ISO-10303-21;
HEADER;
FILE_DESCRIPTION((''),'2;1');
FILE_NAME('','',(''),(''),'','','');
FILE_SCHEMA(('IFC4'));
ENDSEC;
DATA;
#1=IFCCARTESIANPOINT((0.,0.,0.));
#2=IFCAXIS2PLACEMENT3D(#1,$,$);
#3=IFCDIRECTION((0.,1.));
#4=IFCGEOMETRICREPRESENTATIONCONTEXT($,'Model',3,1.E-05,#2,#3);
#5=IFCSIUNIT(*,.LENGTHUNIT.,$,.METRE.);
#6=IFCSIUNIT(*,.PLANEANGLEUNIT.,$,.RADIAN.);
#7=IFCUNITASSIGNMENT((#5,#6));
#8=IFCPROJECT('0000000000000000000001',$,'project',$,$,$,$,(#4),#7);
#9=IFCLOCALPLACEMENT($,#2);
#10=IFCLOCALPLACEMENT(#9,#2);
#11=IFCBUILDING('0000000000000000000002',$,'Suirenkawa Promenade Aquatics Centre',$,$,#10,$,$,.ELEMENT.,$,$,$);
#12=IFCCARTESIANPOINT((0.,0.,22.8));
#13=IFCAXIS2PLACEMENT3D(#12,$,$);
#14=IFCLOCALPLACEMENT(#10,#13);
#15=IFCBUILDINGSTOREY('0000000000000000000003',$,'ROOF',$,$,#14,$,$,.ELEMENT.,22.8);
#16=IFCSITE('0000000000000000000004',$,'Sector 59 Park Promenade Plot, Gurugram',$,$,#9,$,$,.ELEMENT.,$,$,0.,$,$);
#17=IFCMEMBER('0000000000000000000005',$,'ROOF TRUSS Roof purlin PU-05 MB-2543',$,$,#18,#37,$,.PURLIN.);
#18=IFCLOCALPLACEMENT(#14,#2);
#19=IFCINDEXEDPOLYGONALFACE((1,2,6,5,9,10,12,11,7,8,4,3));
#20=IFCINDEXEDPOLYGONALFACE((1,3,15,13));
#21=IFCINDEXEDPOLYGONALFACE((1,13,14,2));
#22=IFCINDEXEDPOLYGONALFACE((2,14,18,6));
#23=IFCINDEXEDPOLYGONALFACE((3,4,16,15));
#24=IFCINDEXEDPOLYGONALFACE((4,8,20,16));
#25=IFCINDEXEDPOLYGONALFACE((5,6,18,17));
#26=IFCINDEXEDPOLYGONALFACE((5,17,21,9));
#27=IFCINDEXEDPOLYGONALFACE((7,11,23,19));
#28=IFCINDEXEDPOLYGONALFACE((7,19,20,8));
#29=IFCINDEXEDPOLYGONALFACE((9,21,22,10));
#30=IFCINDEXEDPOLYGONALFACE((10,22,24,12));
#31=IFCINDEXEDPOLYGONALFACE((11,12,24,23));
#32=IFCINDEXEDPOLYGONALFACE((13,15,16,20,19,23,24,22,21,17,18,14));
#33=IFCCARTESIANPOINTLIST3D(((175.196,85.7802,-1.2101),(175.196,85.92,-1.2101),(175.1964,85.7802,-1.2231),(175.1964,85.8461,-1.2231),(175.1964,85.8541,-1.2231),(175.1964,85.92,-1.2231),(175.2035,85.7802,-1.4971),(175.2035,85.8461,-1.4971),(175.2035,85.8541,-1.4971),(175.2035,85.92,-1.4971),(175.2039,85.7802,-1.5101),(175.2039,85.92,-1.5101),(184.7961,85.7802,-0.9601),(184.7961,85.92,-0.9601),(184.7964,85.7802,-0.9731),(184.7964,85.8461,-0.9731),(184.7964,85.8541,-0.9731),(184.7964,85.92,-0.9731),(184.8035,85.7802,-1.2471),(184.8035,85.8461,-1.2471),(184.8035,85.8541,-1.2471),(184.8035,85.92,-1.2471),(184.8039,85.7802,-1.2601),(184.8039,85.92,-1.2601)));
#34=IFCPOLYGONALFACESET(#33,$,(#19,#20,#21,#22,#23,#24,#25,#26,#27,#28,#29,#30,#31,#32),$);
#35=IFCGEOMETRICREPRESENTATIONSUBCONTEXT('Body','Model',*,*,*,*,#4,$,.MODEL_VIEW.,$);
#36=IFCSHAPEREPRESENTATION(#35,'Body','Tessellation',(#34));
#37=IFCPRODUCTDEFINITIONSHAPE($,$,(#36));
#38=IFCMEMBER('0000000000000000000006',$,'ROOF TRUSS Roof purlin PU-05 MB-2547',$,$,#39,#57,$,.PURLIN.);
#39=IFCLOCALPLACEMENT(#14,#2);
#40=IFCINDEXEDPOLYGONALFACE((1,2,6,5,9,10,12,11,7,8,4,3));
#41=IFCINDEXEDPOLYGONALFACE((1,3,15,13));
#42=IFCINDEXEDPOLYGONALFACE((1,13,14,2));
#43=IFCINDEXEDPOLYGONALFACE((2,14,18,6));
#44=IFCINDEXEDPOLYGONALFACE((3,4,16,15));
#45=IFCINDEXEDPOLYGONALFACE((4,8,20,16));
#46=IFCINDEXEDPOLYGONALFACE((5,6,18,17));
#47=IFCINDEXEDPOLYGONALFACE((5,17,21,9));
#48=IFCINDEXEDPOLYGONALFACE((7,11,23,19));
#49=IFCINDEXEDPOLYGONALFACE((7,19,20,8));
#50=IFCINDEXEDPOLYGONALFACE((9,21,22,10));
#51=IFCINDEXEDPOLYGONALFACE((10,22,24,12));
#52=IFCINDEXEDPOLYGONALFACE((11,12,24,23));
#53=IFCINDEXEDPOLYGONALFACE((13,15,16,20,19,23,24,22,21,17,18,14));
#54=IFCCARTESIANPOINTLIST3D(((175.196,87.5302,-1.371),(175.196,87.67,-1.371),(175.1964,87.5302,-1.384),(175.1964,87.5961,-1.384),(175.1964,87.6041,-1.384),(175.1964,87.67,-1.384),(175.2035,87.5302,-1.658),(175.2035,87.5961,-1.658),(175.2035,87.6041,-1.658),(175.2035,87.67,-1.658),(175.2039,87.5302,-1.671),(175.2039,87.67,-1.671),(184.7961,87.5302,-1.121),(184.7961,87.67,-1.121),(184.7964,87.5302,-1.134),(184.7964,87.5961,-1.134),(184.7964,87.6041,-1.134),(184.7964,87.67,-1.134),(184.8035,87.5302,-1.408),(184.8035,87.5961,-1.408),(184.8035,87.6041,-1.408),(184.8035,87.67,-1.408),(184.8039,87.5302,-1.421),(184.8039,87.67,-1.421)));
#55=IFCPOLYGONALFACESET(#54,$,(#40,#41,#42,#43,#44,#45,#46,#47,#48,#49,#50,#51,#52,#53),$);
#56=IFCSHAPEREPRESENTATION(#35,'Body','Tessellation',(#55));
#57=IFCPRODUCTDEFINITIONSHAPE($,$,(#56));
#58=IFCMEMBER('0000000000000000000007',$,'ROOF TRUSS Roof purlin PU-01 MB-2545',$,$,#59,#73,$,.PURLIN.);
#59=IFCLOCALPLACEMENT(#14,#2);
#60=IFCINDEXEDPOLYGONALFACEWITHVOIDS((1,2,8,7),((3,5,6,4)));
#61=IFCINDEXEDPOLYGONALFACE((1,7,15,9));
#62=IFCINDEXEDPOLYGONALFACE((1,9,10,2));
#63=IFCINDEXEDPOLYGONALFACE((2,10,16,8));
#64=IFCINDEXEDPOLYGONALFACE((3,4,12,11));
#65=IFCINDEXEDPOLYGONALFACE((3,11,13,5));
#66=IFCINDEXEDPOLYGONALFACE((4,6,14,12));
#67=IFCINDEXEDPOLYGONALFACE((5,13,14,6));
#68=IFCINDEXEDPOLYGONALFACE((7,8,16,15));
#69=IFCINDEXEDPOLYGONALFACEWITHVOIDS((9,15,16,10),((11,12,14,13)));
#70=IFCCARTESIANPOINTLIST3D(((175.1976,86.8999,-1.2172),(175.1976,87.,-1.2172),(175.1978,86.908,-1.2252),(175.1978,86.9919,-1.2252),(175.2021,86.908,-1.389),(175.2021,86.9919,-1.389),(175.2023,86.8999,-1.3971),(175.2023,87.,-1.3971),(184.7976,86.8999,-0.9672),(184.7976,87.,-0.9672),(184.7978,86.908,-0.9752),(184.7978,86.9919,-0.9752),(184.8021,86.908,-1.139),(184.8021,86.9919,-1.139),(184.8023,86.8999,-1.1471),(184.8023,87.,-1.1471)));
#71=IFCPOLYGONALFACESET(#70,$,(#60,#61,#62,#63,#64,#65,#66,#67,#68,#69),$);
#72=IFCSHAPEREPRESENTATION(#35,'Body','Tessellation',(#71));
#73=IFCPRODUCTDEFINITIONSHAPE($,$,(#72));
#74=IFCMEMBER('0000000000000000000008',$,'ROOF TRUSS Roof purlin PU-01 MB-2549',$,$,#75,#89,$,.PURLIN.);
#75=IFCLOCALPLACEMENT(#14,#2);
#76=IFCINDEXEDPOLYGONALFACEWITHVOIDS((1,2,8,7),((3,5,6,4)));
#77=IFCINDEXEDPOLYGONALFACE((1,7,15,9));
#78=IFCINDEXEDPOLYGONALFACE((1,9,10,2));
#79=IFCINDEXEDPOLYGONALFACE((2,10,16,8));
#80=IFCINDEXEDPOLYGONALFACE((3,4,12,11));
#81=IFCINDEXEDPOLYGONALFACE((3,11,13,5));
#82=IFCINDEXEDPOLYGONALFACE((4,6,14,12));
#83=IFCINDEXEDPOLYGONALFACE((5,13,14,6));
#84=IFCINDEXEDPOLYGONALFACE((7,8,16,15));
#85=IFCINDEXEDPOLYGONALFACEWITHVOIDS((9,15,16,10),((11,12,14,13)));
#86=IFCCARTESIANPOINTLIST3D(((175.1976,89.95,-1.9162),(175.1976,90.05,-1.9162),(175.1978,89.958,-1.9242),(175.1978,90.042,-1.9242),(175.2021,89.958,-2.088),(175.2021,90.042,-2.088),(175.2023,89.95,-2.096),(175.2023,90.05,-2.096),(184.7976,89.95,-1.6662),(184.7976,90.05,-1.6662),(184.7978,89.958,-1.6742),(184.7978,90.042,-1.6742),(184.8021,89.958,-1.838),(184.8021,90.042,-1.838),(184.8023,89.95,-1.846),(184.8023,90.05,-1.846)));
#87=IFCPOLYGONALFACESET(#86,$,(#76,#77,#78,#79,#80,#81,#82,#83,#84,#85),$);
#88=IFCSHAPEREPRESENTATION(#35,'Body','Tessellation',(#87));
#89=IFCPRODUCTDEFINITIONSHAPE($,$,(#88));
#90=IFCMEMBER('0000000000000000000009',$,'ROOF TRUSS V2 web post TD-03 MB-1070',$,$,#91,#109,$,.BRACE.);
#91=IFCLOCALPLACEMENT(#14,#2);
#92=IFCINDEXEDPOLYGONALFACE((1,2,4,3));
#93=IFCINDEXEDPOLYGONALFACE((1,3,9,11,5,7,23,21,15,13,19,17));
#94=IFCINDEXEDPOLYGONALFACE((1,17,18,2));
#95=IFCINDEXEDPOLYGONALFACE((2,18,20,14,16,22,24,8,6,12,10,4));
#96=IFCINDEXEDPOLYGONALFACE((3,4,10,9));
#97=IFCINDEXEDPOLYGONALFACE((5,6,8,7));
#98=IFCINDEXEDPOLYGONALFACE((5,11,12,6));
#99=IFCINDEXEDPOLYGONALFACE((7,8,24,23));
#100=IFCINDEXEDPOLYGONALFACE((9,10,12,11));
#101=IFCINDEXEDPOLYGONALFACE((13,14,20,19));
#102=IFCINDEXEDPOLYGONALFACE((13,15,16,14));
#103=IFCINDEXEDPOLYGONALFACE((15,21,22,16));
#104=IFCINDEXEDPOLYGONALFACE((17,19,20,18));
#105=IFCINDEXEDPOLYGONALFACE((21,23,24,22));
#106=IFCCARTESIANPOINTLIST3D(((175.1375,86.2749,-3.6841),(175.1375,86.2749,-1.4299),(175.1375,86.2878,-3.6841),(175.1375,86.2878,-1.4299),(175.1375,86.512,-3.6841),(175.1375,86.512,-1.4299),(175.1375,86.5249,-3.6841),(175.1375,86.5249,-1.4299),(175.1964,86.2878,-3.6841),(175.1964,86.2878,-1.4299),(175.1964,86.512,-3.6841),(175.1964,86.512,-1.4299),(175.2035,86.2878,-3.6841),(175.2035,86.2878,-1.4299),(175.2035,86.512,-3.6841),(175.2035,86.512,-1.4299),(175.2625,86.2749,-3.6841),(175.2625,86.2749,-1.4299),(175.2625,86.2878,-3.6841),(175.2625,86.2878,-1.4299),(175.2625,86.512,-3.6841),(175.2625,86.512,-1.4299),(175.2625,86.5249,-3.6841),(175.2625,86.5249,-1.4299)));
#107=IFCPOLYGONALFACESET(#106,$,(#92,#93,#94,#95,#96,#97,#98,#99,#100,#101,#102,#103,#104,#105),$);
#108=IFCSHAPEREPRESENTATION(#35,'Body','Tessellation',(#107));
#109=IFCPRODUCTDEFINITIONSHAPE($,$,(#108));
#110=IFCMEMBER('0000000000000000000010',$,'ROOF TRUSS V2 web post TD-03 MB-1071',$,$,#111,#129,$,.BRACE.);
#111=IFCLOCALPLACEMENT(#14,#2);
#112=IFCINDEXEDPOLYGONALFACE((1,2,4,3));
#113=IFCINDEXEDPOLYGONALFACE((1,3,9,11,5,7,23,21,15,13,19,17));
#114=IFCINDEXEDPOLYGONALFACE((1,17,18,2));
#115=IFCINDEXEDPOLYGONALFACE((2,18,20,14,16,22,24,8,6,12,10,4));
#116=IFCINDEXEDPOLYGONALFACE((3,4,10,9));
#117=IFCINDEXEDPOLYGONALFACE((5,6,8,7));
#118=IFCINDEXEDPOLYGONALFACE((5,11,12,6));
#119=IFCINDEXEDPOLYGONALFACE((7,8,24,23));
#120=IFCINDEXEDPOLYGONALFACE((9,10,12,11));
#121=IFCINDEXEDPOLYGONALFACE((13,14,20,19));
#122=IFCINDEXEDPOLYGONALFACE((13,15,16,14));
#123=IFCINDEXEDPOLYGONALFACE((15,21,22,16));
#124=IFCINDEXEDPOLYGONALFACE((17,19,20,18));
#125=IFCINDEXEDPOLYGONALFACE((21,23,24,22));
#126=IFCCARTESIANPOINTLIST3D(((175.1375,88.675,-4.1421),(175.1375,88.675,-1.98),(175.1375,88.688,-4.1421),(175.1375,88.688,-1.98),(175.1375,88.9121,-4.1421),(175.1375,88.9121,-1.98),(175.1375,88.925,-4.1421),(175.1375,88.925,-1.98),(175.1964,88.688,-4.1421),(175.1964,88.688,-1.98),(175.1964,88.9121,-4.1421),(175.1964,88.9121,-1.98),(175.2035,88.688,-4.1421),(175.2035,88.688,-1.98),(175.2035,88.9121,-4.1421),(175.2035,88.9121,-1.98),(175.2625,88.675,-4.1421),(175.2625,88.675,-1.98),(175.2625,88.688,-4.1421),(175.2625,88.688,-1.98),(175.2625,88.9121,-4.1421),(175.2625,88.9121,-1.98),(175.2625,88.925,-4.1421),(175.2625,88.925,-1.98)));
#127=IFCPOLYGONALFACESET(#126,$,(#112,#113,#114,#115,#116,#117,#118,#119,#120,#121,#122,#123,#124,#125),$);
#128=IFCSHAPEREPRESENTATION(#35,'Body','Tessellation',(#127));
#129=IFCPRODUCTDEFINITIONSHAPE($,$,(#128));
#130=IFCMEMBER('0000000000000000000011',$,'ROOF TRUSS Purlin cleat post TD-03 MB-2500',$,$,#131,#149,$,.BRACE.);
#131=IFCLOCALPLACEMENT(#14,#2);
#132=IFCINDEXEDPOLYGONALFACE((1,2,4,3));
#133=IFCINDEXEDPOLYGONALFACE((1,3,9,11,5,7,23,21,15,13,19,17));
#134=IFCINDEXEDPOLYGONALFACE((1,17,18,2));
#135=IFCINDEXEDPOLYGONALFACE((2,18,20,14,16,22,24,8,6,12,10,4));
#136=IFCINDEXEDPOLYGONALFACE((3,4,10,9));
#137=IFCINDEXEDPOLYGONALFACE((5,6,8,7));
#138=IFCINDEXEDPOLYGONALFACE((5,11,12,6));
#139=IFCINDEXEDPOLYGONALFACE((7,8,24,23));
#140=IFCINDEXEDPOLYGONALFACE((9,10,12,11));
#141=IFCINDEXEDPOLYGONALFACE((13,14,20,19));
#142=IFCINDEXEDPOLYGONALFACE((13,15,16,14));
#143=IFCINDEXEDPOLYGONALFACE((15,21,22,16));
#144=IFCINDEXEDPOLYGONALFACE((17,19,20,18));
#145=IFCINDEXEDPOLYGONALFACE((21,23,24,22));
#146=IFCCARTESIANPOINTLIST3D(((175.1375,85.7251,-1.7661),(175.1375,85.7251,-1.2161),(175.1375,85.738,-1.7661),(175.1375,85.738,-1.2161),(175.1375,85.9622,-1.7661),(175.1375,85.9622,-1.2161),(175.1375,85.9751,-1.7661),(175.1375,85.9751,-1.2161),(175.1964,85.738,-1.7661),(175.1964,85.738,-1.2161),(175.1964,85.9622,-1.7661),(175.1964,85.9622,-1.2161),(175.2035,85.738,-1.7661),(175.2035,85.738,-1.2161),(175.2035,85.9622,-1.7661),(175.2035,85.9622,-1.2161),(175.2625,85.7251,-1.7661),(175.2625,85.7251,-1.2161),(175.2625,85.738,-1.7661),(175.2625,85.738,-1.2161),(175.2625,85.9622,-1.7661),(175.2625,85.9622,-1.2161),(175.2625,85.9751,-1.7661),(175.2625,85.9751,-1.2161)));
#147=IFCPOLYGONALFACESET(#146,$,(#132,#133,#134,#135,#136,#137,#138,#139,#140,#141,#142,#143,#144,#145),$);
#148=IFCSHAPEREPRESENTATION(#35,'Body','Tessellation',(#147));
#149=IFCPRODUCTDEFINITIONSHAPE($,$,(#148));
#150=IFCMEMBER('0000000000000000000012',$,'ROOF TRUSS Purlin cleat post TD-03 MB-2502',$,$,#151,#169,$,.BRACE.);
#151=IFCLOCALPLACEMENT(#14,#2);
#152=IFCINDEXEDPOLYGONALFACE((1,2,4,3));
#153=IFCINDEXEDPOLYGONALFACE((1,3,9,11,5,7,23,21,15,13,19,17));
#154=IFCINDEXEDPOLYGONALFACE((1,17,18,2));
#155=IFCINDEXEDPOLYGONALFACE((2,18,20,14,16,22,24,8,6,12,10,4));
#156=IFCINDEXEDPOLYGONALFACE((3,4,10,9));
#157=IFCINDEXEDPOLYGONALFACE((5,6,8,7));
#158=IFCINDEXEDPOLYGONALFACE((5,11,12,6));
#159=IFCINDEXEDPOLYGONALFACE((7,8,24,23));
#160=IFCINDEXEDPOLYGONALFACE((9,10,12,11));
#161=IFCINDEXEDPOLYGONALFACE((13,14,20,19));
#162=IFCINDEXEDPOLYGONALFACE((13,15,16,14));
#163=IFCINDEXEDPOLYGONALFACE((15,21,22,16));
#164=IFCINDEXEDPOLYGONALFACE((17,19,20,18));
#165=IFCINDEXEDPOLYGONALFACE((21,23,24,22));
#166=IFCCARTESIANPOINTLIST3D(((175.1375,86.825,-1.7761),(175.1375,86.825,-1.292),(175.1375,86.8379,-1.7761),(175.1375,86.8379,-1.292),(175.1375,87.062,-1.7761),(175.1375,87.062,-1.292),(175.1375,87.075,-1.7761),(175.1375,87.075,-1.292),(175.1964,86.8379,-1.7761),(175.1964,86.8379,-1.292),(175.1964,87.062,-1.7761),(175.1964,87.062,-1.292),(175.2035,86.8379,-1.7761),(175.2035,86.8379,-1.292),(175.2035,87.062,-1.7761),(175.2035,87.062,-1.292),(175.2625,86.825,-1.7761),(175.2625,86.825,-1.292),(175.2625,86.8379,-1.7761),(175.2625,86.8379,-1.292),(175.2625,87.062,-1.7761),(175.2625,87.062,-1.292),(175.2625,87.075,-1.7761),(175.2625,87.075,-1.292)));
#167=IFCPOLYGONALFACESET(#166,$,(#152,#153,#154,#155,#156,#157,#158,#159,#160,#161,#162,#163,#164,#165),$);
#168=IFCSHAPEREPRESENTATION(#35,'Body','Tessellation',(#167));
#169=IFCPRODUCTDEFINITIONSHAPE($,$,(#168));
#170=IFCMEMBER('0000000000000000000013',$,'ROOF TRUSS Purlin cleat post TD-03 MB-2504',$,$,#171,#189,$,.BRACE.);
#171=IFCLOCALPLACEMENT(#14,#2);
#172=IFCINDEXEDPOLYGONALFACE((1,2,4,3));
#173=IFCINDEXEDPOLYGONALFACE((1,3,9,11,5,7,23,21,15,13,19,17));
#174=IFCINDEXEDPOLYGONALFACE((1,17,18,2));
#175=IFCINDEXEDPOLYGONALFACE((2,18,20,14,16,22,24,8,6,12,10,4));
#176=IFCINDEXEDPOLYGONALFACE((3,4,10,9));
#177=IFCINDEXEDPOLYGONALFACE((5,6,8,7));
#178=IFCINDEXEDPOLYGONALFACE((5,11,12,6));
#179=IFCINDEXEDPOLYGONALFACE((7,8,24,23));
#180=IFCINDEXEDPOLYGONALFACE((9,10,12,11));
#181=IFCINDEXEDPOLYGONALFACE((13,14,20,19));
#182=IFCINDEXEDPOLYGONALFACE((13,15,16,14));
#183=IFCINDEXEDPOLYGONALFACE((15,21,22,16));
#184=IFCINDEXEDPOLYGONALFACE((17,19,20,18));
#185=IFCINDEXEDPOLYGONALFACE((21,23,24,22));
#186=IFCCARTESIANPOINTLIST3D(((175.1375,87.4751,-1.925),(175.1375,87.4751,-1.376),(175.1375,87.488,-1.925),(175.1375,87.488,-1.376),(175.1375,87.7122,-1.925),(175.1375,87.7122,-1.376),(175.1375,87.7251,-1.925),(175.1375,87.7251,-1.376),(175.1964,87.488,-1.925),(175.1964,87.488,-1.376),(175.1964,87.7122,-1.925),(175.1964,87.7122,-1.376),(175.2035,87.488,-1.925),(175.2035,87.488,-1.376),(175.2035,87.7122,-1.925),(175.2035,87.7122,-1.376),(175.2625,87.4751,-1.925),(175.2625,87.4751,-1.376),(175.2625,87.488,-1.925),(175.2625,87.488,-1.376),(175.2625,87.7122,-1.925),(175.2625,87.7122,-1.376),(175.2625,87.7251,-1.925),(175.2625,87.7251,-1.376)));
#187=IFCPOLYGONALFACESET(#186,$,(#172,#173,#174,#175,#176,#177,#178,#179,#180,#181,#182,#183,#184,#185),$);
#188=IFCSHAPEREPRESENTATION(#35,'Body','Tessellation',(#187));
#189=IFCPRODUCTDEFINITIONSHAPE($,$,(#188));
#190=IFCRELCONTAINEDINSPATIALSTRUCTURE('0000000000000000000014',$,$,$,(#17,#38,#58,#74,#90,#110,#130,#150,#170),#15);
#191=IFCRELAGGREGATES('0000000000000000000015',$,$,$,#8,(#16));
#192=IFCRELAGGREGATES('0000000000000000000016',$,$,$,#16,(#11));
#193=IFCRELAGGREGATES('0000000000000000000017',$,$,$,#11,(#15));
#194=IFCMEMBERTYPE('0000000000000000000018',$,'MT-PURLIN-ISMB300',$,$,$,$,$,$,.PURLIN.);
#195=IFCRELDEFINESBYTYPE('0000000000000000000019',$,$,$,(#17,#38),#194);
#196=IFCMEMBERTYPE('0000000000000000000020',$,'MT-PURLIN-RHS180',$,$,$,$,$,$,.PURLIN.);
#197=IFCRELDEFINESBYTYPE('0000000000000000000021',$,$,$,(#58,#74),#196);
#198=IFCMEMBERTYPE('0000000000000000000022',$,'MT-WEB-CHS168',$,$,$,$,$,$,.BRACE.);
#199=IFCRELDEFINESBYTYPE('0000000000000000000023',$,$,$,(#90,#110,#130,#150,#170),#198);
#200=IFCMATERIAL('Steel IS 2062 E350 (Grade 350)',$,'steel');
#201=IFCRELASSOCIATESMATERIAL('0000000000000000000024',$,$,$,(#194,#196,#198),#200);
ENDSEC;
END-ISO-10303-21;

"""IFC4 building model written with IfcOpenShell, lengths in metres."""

from ifc_helpers import new_model, si_unit, direction, frame, origin, origin_2d, place, context, subcontext, project, spatial, hollow_rectangle, i_section, extrude, material, material_profile, profile_set, type_object, element, save


model = new_model("IFC4")

# Units and contexts
model_context = context("Model", 3, precision=1e-05, world=origin(), true_north=direction((0.0, 1.0)))
body_context = subcontext(model_context, "Body", "Model", "MODEL_VIEW")
ifc_project = project(units=[si_unit("LENGTHUNIT", "METRE"), si_unit("PLANEANGLEUNIT", "RADIAN")], contexts=[model_context])

# Site, building, storey
site_placement = place(None, origin())
site = spatial("IfcSite", under=ifc_project, at=site_placement, Name="Sector 59 Park Promenade Plot, Gurugram", CompositionType="ELEMENT", RefElevation=0.0)
building_placement = place(site_placement, origin())
building = spatial("IfcBuilding", under=site, at=building_placement, Name="Suirenkawa Promenade Aquatics Centre", CompositionType="ELEMENT")
storey_placement = place(building_placement, frame((0.0, 0.0, 22.8)))
storey = spatial("IfcBuildingStorey", under=building, at=storey_placement, Name="ROOF", CompositionType="ELEMENT", Elevation=22.8)

# Shared definitions
ifc_material_1 = material(Name="Steel IS 2062 E350 (Grade 350)", Category="steel")

# Members
ifc_material_profile_1 = material_profile(ifc_material_1, i_section(OverallWidth=0.1399, OverallDepth=0.3, WebThickness=0.0081, FlangeThickness=0.0129, at=origin_2d()), Name="ISMB 300", Category="steel")
ifc_profile_set_1 = profile_set([ifc_material_profile_1], Name="Steel IS 2062 E350 (Grade 350)")
member_type_1 = type_object("IfcMemberType", Name="MT-PURLIN-ISMB300", PredefinedType="PURLIN", material=ifc_profile_set_1)
for number, where, z_axis, x_axis, name in (
    (1, (175.2, 85.8501, -1.3601), (0.999661, 0.0, 0.026033), (0.0, 1.0, 0.0), "ROOF TRUSS Roof purlin PU-05 MB-2543"),
    (2, (175.2, 87.6001, -1.521), (0.999661, 0.0, 0.026033), (0.0, 1.0, 0.0), "ROOF TRUSS Roof purlin PU-05 MB-2547"),
):
    element("IfcMember", number, at=place(storey_placement, frame(where, z_axis=z_axis, x_axis=x_axis)), inside=storey, type_object=member_type_1, Name=name, PredefinedType="PURLIN", context=body_context, shape_type="SweptSolid", body=[
        extrude(i_section(OverallWidth=0.1399, OverallDepth=0.3, WebThickness=0.0081, FlangeThickness=0.0129, at=origin_2d()), origin(), (0.0, 0.0, 1.0), 9.6033),
    ])
ifc_material_profile_2 = material_profile(ifc_material_1, hollow_rectangle(XDim=0.1001, YDim=0.1799, WallThickness=0.0081, at=origin_2d()), Name="RHS 180x100x8", Category="steel")
ifc_profile_set_2 = profile_set([ifc_material_profile_2], Name="Steel IS 2062 E350 (Grade 350)")
member_type_2 = type_object("IfcMemberType", Name="MT-PURLIN-RHS180", PredefinedType="PURLIN", material=ifc_profile_set_2)
for number, where, z_axis, x_axis, name in (
    (3, (175.2, 86.95, -1.3071), (0.999661, 0.0, 0.026033), (0.0, 1.0, 0.0), "ROOF TRUSS Roof purlin PU-01 MB-2545"),
    (4, (175.2, 90.0, -2.0061), (0.999661, 0.0, 0.026033), (0.0, 1.0, 0.0), "ROOF TRUSS Roof purlin PU-01 MB-2549"),
):
    element("IfcMember", number, at=place(storey_placement, frame(where, z_axis=z_axis, x_axis=x_axis)), inside=storey, type_object=member_type_2, Name=name, PredefinedType="PURLIN", context=body_context, shape_type="SweptSolid", body=[
        extrude(hollow_rectangle(XDim=0.1001, YDim=0.1799, WallThickness=0.0081, at=origin_2d()), origin(), (0.0, 0.0, 1.0), 9.6033),
    ])
ifc_material_profile_3 = material_profile(ifc_material_1, i_section(OverallWidth=0.125, OverallDepth=0.25, WebThickness=0.0071, FlangeThickness=0.0129, at=origin_2d()), Name="ISMB 250", Category="steel")
ifc_profile_set_3 = profile_set([ifc_material_profile_3], Name="Steel IS 2062 E350 (Grade 350)")
member_type_3 = type_object("IfcMemberType", Name="MT-WEB-CHS168", PredefinedType="BRACE", material=ifc_profile_set_3)
member_1_placement = place(storey_placement, frame((175.2, 86.3999, -3.6841), z_axis=(0.0, 0.0, 1.0), x_axis=(1.0, 0.0, 0.0)))
element("IfcMember", 5, at=member_1_placement, inside=storey, type_object=member_type_3, Name="ROOF TRUSS V2 web post TD-03 MB-1070", PredefinedType="BRACE", context=body_context, shape_type="SweptSolid", body=[
    extrude(i_section(OverallWidth=0.125, OverallDepth=0.25, WebThickness=0.0071, FlangeThickness=0.0129, at=origin_2d()), origin(), (0.0, 0.0, 1.0), 2.2542),
])
member_2_placement = place(storey_placement, frame((175.2, 88.8, -4.1421), z_axis=(0.0, 0.0, 1.0), x_axis=(1.0, 0.0, 0.0)))
element("IfcMember", 6, at=member_2_placement, inside=storey, type_object=member_type_3, Name="ROOF TRUSS V2 web post TD-03 MB-1071", PredefinedType="BRACE", context=body_context, shape_type="SweptSolid", body=[
    extrude(i_section(OverallWidth=0.125, OverallDepth=0.25, WebThickness=0.0071, FlangeThickness=0.0129, at=origin_2d()), origin(), (0.0, 0.0, 1.0), 2.1621),
])
member_3_placement = place(storey_placement, frame((175.2, 85.8501, -1.7661), z_axis=(0.0, 0.0, 1.0), x_axis=(1.0, 0.0, 0.0)))
element("IfcMember", 7, at=member_3_placement, inside=storey, type_object=member_type_3, Name="ROOF TRUSS Purlin cleat post TD-03 MB-2500", PredefinedType="BRACE", context=body_context, shape_type="SweptSolid", body=[
    extrude(i_section(OverallWidth=0.125, OverallDepth=0.25, WebThickness=0.0071, FlangeThickness=0.0129, at=origin_2d()), origin(), (0.0, 0.0, 1.0), 0.55),
])
member_4_placement = place(storey_placement, frame((175.2, 86.95, -1.7761), z_axis=(0.0, 0.0, 1.0), x_axis=(1.0, 0.0, 0.0)))
element("IfcMember", 8, at=member_4_placement, inside=storey, type_object=member_type_3, Name="ROOF TRUSS Purlin cleat post TD-03 MB-2502", PredefinedType="BRACE", context=body_context, shape_type="SweptSolid", body=[
    extrude(i_section(OverallWidth=0.125, OverallDepth=0.25, WebThickness=0.0071, FlangeThickness=0.0129, at=origin_2d()), origin(), (0.0, 0.0, 1.0), 0.4841),
])
member_5_placement = place(storey_placement, frame((175.2, 87.6001, -1.925), z_axis=(0.0, 0.0, 1.0), x_axis=(1.0, 0.0, 0.0)))
element("IfcMember", 9, at=member_5_placement, inside=storey, type_object=member_type_3, Name="ROOF TRUSS Purlin cleat post TD-03 MB-2504", PredefinedType="BRACE", context=body_context, shape_type="SweptSolid", body=[
    extrude(i_section(OverallWidth=0.125, OverallDepth=0.25, WebThickness=0.0071, FlangeThickness=0.0129, at=origin_2d()), origin(), (0.0, 0.0, 1.0), 0.5491),
])

save(model, "model.ifc")
